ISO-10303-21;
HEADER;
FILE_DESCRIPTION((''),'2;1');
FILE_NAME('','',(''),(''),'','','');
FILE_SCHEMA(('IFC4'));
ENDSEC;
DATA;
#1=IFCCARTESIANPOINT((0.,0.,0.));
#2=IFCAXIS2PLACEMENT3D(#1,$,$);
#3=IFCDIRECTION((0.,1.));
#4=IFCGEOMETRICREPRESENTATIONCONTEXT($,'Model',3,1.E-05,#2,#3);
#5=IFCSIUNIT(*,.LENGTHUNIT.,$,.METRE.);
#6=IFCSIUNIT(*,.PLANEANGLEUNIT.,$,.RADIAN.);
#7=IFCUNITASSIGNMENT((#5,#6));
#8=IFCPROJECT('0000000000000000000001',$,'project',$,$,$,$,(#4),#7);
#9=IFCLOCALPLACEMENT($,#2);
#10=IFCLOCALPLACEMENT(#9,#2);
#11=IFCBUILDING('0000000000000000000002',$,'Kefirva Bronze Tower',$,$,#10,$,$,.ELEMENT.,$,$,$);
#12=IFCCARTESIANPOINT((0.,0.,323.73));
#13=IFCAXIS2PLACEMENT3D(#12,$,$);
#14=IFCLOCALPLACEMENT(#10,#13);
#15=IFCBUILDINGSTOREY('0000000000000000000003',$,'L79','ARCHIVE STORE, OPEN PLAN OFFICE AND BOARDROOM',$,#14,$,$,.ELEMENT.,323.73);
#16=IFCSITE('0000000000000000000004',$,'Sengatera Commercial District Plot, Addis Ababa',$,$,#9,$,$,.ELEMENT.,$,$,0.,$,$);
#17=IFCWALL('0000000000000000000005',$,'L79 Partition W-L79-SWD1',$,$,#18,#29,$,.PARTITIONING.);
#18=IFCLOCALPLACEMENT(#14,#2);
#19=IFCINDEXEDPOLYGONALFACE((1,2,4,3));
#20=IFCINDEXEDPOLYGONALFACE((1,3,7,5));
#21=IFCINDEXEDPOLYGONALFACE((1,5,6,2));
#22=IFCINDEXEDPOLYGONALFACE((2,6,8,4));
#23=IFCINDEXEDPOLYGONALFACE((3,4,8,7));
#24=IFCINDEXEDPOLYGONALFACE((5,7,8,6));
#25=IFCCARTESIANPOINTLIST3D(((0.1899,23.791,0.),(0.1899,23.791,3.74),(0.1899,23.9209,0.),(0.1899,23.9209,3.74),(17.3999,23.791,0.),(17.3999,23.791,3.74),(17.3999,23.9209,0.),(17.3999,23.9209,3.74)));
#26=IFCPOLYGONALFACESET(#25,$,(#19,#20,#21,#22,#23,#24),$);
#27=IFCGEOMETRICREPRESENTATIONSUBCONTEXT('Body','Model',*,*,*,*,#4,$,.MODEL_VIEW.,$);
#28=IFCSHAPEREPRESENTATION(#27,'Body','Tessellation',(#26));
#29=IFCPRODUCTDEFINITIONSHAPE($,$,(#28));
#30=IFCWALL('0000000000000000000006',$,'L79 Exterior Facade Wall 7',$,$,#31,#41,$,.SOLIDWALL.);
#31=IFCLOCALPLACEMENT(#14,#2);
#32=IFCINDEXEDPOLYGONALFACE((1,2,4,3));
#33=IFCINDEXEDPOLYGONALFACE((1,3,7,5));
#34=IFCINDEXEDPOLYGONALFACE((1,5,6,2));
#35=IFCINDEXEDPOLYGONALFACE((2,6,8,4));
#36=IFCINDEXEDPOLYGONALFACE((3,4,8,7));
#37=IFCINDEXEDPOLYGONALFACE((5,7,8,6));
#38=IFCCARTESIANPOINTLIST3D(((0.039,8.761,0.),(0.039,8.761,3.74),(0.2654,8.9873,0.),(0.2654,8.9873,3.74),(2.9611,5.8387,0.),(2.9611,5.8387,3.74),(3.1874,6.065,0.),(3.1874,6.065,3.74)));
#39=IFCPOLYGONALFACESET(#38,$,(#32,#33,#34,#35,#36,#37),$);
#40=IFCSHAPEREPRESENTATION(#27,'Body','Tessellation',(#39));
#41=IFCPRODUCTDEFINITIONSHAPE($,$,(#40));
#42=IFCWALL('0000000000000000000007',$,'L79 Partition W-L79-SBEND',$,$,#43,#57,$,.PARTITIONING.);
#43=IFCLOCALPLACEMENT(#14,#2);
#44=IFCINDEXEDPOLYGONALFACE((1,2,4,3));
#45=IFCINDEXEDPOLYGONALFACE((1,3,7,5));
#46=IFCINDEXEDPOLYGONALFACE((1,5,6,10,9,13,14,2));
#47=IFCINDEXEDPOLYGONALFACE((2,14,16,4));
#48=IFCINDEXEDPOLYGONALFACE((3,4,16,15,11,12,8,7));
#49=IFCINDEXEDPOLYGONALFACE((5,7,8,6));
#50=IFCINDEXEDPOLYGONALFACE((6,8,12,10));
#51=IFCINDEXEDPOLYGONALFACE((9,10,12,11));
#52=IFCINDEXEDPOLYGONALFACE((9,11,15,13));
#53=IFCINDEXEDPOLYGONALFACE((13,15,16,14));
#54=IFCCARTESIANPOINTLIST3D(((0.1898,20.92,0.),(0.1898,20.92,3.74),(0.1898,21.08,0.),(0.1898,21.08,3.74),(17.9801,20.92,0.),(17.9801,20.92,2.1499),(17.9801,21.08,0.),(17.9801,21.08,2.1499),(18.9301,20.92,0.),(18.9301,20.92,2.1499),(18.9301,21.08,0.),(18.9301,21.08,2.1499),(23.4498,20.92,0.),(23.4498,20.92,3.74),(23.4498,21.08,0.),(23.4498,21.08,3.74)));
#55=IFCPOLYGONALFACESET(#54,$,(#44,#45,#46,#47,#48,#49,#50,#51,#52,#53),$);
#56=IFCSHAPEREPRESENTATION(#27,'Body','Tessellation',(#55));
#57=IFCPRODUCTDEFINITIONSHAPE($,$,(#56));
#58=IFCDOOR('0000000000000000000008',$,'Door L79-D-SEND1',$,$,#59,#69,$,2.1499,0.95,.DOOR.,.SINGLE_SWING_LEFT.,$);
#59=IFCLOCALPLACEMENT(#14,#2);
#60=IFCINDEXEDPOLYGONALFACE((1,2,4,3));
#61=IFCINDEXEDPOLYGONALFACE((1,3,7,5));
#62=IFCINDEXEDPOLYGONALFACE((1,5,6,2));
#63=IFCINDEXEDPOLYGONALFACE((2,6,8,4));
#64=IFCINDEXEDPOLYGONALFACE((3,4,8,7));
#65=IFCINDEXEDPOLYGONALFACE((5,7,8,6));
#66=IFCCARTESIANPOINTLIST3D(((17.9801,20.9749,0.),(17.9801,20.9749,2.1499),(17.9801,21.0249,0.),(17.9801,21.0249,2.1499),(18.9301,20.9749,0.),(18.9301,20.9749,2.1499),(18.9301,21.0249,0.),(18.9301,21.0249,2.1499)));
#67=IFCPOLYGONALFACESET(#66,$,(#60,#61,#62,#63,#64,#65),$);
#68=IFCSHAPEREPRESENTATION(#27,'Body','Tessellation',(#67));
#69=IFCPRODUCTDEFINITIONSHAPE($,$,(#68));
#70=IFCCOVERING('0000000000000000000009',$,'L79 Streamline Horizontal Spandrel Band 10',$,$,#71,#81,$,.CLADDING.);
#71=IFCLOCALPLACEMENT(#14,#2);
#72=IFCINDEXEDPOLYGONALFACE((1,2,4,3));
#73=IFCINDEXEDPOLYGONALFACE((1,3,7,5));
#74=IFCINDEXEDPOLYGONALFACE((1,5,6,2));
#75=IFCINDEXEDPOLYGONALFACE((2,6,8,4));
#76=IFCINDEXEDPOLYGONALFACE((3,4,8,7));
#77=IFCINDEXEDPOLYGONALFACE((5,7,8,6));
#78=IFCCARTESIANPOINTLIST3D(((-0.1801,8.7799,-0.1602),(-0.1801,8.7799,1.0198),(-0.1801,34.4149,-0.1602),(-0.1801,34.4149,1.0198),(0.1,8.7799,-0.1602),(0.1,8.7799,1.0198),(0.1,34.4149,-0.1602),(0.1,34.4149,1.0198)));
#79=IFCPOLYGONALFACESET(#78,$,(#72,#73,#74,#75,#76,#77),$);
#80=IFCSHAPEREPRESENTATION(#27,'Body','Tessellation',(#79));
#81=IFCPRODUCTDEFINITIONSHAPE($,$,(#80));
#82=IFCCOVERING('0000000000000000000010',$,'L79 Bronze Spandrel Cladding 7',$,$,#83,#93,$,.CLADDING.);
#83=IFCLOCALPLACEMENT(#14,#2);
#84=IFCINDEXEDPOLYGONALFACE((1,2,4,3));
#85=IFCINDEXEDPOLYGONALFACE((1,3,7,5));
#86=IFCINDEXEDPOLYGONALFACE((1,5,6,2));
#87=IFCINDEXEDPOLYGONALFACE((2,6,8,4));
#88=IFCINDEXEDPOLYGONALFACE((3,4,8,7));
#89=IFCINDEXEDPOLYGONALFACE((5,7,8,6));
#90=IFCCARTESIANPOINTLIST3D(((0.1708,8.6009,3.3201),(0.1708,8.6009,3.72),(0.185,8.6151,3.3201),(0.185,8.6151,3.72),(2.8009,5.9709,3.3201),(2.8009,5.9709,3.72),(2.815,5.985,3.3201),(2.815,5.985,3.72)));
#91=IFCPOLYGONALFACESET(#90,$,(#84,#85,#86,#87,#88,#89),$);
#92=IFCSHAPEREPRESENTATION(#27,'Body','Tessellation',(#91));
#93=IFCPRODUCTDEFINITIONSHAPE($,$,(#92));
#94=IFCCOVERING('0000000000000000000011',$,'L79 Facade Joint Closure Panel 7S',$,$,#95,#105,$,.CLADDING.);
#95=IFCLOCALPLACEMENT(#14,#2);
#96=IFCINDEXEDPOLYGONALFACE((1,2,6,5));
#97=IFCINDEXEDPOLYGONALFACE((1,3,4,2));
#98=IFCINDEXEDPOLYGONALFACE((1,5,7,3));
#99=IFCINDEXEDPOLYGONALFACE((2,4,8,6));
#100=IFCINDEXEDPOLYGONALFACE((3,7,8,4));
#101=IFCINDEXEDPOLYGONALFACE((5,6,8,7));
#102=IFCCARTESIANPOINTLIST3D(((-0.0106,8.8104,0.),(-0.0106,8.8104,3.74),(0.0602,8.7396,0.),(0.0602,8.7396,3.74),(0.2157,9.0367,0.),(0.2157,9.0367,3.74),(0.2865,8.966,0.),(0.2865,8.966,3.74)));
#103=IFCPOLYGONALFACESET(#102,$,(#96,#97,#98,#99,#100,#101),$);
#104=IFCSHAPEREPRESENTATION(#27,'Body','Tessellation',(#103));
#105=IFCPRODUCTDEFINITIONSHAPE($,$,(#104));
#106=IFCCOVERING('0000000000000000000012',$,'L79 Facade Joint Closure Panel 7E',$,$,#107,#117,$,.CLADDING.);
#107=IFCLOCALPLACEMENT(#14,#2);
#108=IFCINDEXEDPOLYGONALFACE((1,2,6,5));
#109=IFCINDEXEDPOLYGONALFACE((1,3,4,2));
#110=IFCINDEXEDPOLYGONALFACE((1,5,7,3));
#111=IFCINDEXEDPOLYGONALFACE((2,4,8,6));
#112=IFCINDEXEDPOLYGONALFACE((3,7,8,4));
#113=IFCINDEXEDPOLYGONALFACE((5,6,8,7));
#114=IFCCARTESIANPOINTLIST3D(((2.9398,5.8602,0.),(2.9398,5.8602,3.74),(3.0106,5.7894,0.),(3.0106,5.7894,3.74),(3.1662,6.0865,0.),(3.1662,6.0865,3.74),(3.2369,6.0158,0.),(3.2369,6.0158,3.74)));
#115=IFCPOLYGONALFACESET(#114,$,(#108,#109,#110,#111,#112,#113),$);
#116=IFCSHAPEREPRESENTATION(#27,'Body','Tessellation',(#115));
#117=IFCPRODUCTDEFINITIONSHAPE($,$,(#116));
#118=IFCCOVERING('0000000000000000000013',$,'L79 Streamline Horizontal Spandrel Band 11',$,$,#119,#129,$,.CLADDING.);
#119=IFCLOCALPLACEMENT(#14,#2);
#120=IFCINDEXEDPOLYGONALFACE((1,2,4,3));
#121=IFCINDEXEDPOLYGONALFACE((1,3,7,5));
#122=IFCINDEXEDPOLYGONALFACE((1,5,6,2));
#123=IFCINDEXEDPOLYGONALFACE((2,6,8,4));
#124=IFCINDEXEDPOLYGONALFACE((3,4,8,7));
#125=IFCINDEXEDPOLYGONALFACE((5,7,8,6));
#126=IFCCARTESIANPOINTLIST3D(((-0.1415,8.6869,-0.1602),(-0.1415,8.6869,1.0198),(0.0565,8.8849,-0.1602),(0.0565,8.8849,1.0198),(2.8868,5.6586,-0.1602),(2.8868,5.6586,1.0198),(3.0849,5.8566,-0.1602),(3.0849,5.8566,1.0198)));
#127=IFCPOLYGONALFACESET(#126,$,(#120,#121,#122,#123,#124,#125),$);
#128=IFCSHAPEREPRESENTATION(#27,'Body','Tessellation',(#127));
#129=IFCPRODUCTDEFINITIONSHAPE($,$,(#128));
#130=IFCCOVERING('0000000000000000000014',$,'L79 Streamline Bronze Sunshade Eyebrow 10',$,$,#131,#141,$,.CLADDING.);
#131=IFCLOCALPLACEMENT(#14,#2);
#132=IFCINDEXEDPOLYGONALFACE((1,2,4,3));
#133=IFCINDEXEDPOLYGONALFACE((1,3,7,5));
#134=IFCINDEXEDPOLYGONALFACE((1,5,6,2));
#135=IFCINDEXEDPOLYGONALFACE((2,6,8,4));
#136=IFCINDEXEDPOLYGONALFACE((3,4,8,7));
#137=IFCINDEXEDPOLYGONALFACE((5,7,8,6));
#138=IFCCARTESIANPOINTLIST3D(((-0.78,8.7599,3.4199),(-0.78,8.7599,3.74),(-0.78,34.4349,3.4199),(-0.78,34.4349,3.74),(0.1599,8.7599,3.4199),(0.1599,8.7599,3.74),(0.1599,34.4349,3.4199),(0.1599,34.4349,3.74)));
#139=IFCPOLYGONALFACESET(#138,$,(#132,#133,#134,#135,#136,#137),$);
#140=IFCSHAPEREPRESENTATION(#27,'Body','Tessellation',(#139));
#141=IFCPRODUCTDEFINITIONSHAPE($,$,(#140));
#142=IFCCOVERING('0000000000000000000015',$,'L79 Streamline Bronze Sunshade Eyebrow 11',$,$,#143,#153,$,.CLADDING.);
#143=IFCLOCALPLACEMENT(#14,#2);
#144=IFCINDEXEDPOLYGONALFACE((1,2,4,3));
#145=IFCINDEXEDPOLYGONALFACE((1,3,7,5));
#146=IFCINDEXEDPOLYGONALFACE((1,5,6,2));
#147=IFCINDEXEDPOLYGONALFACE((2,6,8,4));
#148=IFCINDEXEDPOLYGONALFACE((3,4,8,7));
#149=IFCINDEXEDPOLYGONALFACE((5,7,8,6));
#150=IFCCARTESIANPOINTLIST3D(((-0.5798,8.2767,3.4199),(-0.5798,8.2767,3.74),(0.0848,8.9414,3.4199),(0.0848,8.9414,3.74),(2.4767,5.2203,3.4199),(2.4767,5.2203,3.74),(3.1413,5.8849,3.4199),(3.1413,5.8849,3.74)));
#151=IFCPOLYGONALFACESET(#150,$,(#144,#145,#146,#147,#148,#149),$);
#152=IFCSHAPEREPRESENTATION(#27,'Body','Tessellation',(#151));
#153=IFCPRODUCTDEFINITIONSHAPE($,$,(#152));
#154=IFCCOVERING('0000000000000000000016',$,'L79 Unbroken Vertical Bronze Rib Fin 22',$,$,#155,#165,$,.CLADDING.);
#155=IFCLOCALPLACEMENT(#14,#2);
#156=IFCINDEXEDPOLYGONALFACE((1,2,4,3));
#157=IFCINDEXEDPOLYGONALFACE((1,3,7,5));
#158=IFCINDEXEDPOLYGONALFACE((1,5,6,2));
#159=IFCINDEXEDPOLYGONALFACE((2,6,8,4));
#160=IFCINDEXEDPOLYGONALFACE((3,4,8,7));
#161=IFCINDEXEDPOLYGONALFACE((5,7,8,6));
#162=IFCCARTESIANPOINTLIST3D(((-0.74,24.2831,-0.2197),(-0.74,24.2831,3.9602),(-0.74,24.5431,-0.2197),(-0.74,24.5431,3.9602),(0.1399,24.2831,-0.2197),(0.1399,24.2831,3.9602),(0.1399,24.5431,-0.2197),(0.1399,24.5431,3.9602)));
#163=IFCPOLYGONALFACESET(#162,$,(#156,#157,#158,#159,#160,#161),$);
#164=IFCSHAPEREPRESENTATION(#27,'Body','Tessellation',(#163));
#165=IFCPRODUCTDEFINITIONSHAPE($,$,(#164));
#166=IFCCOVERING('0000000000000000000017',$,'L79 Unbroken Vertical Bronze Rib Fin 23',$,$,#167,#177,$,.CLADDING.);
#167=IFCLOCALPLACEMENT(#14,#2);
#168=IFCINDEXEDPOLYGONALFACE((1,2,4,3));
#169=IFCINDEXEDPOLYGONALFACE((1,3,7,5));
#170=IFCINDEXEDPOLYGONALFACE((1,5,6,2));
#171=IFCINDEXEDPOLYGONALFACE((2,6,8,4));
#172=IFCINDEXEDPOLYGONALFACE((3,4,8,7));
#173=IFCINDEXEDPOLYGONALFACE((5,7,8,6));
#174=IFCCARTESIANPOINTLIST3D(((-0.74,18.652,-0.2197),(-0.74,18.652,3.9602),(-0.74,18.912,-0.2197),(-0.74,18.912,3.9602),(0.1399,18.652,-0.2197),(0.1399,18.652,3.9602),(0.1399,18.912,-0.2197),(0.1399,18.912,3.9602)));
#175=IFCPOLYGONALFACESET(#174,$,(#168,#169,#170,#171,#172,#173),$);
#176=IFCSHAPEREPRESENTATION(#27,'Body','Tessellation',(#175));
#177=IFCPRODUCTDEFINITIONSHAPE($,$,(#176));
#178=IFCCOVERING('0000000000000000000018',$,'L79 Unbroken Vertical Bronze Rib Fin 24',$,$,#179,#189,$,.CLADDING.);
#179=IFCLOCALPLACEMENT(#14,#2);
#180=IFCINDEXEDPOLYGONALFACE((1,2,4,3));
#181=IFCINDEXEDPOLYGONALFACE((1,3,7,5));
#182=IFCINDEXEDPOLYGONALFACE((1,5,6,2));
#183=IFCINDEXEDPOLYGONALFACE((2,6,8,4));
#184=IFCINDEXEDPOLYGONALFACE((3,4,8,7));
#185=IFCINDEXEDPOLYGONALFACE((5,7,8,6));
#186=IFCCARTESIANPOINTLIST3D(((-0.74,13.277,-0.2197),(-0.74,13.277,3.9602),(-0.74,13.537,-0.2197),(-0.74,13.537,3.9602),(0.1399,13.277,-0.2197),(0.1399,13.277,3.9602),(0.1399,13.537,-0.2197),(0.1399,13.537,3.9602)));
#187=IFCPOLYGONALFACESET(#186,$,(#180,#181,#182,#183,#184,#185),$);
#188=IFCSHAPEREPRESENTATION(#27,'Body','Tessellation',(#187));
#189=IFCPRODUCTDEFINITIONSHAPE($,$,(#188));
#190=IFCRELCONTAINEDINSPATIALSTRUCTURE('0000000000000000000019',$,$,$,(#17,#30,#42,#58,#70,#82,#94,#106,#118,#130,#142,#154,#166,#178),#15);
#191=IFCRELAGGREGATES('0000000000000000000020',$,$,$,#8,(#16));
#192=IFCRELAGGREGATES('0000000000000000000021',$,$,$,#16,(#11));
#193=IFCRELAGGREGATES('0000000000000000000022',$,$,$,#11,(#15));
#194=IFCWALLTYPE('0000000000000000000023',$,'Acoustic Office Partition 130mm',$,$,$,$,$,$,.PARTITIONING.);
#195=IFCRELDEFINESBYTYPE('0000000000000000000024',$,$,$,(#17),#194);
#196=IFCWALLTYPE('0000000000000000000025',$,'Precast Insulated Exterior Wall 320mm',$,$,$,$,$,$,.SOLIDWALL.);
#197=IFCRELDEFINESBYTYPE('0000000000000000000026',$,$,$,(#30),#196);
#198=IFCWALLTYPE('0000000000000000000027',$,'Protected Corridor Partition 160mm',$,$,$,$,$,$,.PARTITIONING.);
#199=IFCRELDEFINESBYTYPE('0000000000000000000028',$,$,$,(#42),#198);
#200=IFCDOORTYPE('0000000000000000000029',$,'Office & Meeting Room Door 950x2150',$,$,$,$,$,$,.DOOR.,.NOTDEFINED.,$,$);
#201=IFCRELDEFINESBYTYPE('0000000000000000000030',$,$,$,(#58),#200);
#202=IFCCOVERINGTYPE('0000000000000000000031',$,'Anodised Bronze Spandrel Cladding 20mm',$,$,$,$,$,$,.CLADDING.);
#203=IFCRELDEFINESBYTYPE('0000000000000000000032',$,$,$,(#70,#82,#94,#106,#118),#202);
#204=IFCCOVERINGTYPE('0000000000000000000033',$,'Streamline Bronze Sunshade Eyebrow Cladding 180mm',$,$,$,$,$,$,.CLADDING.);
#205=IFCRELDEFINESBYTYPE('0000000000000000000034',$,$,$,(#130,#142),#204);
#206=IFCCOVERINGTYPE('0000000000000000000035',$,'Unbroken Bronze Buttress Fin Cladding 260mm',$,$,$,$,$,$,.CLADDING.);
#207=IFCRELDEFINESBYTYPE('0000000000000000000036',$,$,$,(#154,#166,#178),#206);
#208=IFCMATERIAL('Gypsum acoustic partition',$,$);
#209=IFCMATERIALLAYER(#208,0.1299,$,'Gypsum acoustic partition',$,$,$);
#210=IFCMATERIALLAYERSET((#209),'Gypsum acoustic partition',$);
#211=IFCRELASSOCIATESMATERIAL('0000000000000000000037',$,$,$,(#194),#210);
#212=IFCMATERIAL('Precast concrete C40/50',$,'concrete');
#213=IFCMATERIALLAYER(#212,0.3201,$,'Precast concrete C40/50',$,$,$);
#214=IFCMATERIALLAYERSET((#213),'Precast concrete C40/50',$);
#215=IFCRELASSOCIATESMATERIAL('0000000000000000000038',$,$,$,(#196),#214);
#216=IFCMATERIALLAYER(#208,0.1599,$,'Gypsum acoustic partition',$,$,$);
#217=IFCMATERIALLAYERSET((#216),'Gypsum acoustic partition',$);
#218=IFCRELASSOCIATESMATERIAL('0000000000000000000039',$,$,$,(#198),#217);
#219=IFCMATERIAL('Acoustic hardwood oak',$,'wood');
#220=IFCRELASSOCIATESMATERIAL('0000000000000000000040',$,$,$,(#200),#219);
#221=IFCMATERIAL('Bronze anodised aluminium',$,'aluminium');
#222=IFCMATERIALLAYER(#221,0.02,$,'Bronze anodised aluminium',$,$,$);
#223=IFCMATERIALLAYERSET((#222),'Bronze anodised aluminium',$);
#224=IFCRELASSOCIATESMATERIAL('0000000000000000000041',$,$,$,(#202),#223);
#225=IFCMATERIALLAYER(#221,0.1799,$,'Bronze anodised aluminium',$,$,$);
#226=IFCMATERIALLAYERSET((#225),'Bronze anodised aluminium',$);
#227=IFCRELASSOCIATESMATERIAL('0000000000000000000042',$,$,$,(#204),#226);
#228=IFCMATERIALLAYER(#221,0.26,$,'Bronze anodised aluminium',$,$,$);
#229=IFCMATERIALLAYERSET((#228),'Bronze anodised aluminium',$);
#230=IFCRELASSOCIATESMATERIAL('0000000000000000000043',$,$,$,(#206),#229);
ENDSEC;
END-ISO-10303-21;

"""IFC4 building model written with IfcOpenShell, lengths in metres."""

from ifc_helpers import new_model, si_unit, direction, frame, frame_2d, origin, origin_2d, place, context, subcontext, project, spatial, rectangle, extrude, material, layer, layer_set, type_object, element, fill, save


model = new_model("IFC4")

# Units and contexts
model_context = context("Model", 3, precision=1e-05, world=origin(), true_north=direction((0.0, 1.0)))
body_context = subcontext(model_context, "Body", "Model", "MODEL_VIEW")
ifc_project = project(units=[si_unit("LENGTHUNIT", "METRE"), si_unit("PLANEANGLEUNIT", "RADIAN")], contexts=[model_context])

# Site, building, storey
site_placement = place(None, origin())
site = spatial("IfcSite", under=ifc_project, at=site_placement, Name="Sengatera Commercial District Plot, Addis Ababa", CompositionType="ELEMENT", RefElevation=0.0)
building_placement = place(site_placement, origin())
building = spatial("IfcBuilding", under=site, at=building_placement, Name="Kefirva Bronze Tower", CompositionType="ELEMENT")
storey_placement = place(building_placement, frame((0.0, 0.0, 323.73)))
storey = spatial("IfcBuildingStorey", under=building, at=storey_placement, Name="L79", Description="ARCHIVE STORE, OPEN PLAN OFFICE AND BOARDROOM", CompositionType="ELEMENT", Elevation=323.73)

# Shared definitions
ifc_material_1 = material(Name="Bronze anodised aluminium", Category="aluminium")

# Walls
ifc_material_2 = material(Name="Gypsum acoustic partition")
ifc_layer_1 = layer(ifc_material_2, 0.1299, Name="Gypsum acoustic partition")
ifc_layer_set_1 = layer_set([ifc_layer_1], Name="Gypsum acoustic partition")
wall_type_1 = type_object("IfcWallType", Name="Acoustic Office Partition 130mm", PredefinedType="PARTITIONING", material=ifc_layer_set_1)
wall_1_placement = place(storey_placement, frame((0.1899, 23.856, 0.0), z_axis=(0.0, 0.0, 1.0), x_axis=(1.0, 0.0, 0.0)))
element("IfcWall", 1, at=wall_1_placement, inside=storey, type_object=wall_type_1, Name="L79 Partition W-L79-SWD1", PredefinedType="PARTITIONING", context=body_context, shape_type="SweptSolid", body=[
    extrude(rectangle(XDim=17.21, YDim=0.1299, at=frame_2d((8.605, 0.0))), origin(), (0.0, 0.0, 1.0), 3.74),
])
ifc_material_3 = material(Name="Precast concrete C40/50", Category="concrete")
ifc_layer_2 = layer(ifc_material_3, 0.3201, Name="Precast concrete C40/50")
ifc_layer_set_2 = layer_set([ifc_layer_2], Name="Precast concrete C40/50")
wall_type_2 = type_object("IfcWallType", Name="Precast Insulated Exterior Wall 320mm", PredefinedType="SOLIDWALL", material=ifc_layer_set_2)
wall_2_placement = place(storey_placement, frame((0.1521, 8.8743, 0.0), z_axis=(0.0, 0.0, 1.0), x_axis=(0.707077, -0.707136, 0.0)))
element("IfcWall", 2, at=wall_2_placement, inside=storey, type_object=wall_type_2, Name="L79 Exterior Facade Wall 7", PredefinedType="SOLIDWALL", context=body_context, shape_type="SweptSolid", body=[
    extrude(rectangle(XDim=4.1326, YDim=0.3201, at=frame_2d((2.0664, 0.0))), origin(), (0.0, 0.0, 1.0), 3.74),
])

# Wall, opening, door
ifc_layer_3 = layer(ifc_material_2, 0.1599, Name="Gypsum acoustic partition")
ifc_layer_set_3 = layer_set([ifc_layer_3], Name="Gypsum acoustic partition")
wall_type_3 = type_object("IfcWallType", Name="Protected Corridor Partition 160mm", PredefinedType="PARTITIONING", material=ifc_layer_set_3)
wall_3_placement = place(storey_placement, frame((0.1899, 21.0, 0.0), z_axis=(0.0, 0.0, 1.0), x_axis=(1.0, 0.0, 0.0)))
wall_3 = element("IfcWall", 3, at=wall_3_placement, inside=storey, type_object=wall_type_3, Name="L79 Partition W-L79-SBEND", PredefinedType="PARTITIONING", context=body_context, shape_type="SweptSolid", body=[
    extrude(rectangle(XDim=23.26, YDim=0.1599, at=frame_2d((11.6299, 0.0))), origin(), (0.0, 0.0, 1.0), 3.74),
])
opening_placement = place(wall_3_placement, frame((17.79, 0.0, 0.0)))
opening = element("IfcOpeningElement", 4, at=opening_placement, cuts=wall_3, PredefinedType="OPENING", context=body_context, shape_type="SweptSolid", body=[
    extrude(rectangle(XDim=0.95, YDim=2.1499, at=frame_2d((0.4751, 1.075))), frame((0.0, 0.0898, 0.0), z_axis=(0.0, -1.0, 0.0), x_axis=(1.0, 0.0, 0.0)), (0.0, 0.0, 1.0), 0.1799),
])
ifc_material_4 = material(Name="Acoustic hardwood oak", Category="wood")
door_type = type_object("IfcDoorType", Name="Office & Meeting Room Door 950x2150", OperationType="NOTDEFINED", PredefinedType="DOOR", material=ifc_material_4)
door_placement = place(opening_placement, origin())
door = element("IfcDoor", 5, at=door_placement, inside=storey, type_object=door_type, Name="Door L79-D-SEND1", OperationType="SINGLE_SWING_LEFT", OverallHeight=2.1499, OverallWidth=0.95, PredefinedType="DOOR", context=body_context, shape_type="SweptSolid", body=[
    extrude(rectangle(XDim=0.95, YDim=2.1499, at=frame_2d((0.4751, 1.075))), frame((0.0, 0.0249, 0.0), z_axis=(0.0, -1.0, 0.0), x_axis=(1.0, 0.0, 0.0)), (0.0, 0.0, 1.0), 0.05),
])
fill(opening, door)

# Coverings
ifc_layer_4 = layer(ifc_material_1, 0.02, Name="Bronze anodised aluminium")
ifc_layer_set_4 = layer_set([ifc_layer_4], Name="Bronze anodised aluminium")
covering_type_1 = type_object("IfcCoveringType", Name="Anodised Bronze Spandrel Cladding 20mm", PredefinedType="CLADDING", material=ifc_layer_set_4)
covering_1_placement = place(storey_placement, frame((-0.04, 21.5974, -0.1602), z_axis=(0.0, 0.0, 1.0), x_axis=(0.0, -1.0, 0.0)))
element("IfcCovering", 6, at=covering_1_placement, inside=storey, type_object=covering_type_1, Name="L79 Streamline Horizontal Spandrel Band 10", PredefinedType="CLADDING", context=body_context, shape_type="SweptSolid", body=[
    extrude(rectangle(XDim=25.635, YDim=0.28, at=origin_2d()), origin(), (0.0, 0.0, 1.0), 1.1799),
])
covering_2_placement = place(storey_placement, frame((1.4929, 7.293, 3.3201), z_axis=(0.0, 0.0, 1.0), x_axis=(0.707107, -0.707107, 0.0)))
element("IfcCovering", 7, at=covering_2_placement, inside=storey, type_object=covering_type_1, Name="L79 Bronze Spandrel Cladding 7", PredefinedType="CLADDING", context=body_context, shape_type="SweptSolid", body=[
    extrude(rectangle(XDim=3.7195, YDim=0.02, at=origin_2d()), origin(), (0.0, 0.0, 1.0), 0.3999),
])
for number, where, z_axis, x_axis, name in (
    (8, (0.1379, 8.8882, 0.0), (0.0, 0.0, 1.0), (0.707107, -0.707107, 0.0), "L79 Facade Joint Closure Panel 7S"),
    (9, (3.0884, 5.938, 0.0), (0.0, 0.0, 1.0), (0.707107, -0.707107, 0.0), "L79 Facade Joint Closure Panel 7E"),
):
    element("IfcCovering", number, at=place(storey_placement, frame(where, z_axis=z_axis, x_axis=x_axis)), inside=storey, type_object=covering_type_1, Name=name, PredefinedType="CLADDING", context=body_context, shape_type="SweptSolid", body=[
        extrude(rectangle(XDim=0.1001, YDim=0.3201, at=origin_2d()), origin(), (0.0, 0.0, 1.0), 3.74),
    ])
covering_3_placement = place(storey_placement, frame((1.4717, 7.2717, -0.1602), z_axis=(0.0, 0.0, 1.0), x_axis=(0.707107, -0.707107, 0.0)))
element("IfcCovering", 10, at=covering_3_placement, inside=storey, type_object=covering_type_1, Name="L79 Streamline Horizontal Spandrel Band 11", PredefinedType="CLADDING", context=body_context, shape_type="SweptSolid", body=[
    extrude(rectangle(XDim=4.2827, YDim=0.28, at=origin_2d()), origin(), (0.0, 0.0, 1.0), 1.1799),
])
ifc_layer_5 = layer(ifc_material_1, 0.1799, Name="Bronze anodised aluminium")
ifc_layer_set_5 = layer_set([ifc_layer_5], Name="Bronze anodised aluminium")
covering_type_2 = type_object("IfcCoveringType", Name="Streamline Bronze Sunshade Eyebrow Cladding 180mm", PredefinedType="CLADDING", material=ifc_layer_set_5)
covering_4_placement = place(storey_placement, frame((-0.3101, 21.5974, 3.4199), z_axis=(0.0, 0.0, 1.0), x_axis=(0.0, -1.0, 0.0)))
element("IfcCovering", 11, at=covering_4_placement, inside=storey, type_object=covering_type_2, Name="L79 Streamline Bronze Sunshade Eyebrow 10", PredefinedType="CLADDING", context=body_context, shape_type="SweptSolid", body=[
    extrude(rectangle(XDim=25.675, YDim=0.9399, at=origin_2d()), origin(), (0.0, 0.0, 1.0), 0.3201),
])
covering_5_placement = place(storey_placement, frame((1.2808, 7.0808, 3.4199), z_axis=(0.0, 0.0, 1.0), x_axis=(0.707107, -0.707107, 0.0)))
element("IfcCovering", 12, at=covering_5_placement, inside=storey, type_object=covering_type_2, Name="L79 Streamline Bronze Sunshade Eyebrow 11", PredefinedType="CLADDING", context=body_context, shape_type="SweptSolid", body=[
    extrude(rectangle(XDim=4.3225, YDim=0.9399, at=origin_2d()), origin(), (0.0, 0.0, 1.0), 0.3201),
])
ifc_layer_6 = layer(ifc_material_1, 0.26, Name="Bronze anodised aluminium")
ifc_layer_set_6 = layer_set([ifc_layer_6], Name="Bronze anodised aluminium")
covering_type_3 = type_object("IfcCoveringType", Name="Unbroken Bronze Buttress Fin Cladding 260mm", PredefinedType="CLADDING", material=ifc_layer_set_6)
for number, where, z_axis, x_axis, name in (
    (13, (-0.3, 24.4131, -0.2197), (0.0, 0.0, 1.0), (0.0, -1.0, 0.0), "L79 Unbroken Vertical Bronze Rib Fin 22"),
    (14, (-0.3, 18.782, -0.2197), (0.0, 0.0, 1.0), (0.0, -1.0, 0.0), "L79 Unbroken Vertical Bronze Rib Fin 23"),
    (15, (-0.3, 13.407, -0.2197), (0.0, 0.0, 1.0), (0.0, -1.0, 0.0), "L79 Unbroken Vertical Bronze Rib Fin 24"),
):
    element("IfcCovering", number, at=place(storey_placement, frame(where, z_axis=z_axis, x_axis=x_axis)), inside=storey, type_object=covering_type_3, Name=name, PredefinedType="CLADDING", context=body_context, shape_type="SweptSolid", body=[
        extrude(rectangle(XDim=0.26, YDim=0.8799, at=origin_2d()), origin(), (0.0, 0.0, 1.0), 4.1799),
    ])

save(model, "model.ifc")
